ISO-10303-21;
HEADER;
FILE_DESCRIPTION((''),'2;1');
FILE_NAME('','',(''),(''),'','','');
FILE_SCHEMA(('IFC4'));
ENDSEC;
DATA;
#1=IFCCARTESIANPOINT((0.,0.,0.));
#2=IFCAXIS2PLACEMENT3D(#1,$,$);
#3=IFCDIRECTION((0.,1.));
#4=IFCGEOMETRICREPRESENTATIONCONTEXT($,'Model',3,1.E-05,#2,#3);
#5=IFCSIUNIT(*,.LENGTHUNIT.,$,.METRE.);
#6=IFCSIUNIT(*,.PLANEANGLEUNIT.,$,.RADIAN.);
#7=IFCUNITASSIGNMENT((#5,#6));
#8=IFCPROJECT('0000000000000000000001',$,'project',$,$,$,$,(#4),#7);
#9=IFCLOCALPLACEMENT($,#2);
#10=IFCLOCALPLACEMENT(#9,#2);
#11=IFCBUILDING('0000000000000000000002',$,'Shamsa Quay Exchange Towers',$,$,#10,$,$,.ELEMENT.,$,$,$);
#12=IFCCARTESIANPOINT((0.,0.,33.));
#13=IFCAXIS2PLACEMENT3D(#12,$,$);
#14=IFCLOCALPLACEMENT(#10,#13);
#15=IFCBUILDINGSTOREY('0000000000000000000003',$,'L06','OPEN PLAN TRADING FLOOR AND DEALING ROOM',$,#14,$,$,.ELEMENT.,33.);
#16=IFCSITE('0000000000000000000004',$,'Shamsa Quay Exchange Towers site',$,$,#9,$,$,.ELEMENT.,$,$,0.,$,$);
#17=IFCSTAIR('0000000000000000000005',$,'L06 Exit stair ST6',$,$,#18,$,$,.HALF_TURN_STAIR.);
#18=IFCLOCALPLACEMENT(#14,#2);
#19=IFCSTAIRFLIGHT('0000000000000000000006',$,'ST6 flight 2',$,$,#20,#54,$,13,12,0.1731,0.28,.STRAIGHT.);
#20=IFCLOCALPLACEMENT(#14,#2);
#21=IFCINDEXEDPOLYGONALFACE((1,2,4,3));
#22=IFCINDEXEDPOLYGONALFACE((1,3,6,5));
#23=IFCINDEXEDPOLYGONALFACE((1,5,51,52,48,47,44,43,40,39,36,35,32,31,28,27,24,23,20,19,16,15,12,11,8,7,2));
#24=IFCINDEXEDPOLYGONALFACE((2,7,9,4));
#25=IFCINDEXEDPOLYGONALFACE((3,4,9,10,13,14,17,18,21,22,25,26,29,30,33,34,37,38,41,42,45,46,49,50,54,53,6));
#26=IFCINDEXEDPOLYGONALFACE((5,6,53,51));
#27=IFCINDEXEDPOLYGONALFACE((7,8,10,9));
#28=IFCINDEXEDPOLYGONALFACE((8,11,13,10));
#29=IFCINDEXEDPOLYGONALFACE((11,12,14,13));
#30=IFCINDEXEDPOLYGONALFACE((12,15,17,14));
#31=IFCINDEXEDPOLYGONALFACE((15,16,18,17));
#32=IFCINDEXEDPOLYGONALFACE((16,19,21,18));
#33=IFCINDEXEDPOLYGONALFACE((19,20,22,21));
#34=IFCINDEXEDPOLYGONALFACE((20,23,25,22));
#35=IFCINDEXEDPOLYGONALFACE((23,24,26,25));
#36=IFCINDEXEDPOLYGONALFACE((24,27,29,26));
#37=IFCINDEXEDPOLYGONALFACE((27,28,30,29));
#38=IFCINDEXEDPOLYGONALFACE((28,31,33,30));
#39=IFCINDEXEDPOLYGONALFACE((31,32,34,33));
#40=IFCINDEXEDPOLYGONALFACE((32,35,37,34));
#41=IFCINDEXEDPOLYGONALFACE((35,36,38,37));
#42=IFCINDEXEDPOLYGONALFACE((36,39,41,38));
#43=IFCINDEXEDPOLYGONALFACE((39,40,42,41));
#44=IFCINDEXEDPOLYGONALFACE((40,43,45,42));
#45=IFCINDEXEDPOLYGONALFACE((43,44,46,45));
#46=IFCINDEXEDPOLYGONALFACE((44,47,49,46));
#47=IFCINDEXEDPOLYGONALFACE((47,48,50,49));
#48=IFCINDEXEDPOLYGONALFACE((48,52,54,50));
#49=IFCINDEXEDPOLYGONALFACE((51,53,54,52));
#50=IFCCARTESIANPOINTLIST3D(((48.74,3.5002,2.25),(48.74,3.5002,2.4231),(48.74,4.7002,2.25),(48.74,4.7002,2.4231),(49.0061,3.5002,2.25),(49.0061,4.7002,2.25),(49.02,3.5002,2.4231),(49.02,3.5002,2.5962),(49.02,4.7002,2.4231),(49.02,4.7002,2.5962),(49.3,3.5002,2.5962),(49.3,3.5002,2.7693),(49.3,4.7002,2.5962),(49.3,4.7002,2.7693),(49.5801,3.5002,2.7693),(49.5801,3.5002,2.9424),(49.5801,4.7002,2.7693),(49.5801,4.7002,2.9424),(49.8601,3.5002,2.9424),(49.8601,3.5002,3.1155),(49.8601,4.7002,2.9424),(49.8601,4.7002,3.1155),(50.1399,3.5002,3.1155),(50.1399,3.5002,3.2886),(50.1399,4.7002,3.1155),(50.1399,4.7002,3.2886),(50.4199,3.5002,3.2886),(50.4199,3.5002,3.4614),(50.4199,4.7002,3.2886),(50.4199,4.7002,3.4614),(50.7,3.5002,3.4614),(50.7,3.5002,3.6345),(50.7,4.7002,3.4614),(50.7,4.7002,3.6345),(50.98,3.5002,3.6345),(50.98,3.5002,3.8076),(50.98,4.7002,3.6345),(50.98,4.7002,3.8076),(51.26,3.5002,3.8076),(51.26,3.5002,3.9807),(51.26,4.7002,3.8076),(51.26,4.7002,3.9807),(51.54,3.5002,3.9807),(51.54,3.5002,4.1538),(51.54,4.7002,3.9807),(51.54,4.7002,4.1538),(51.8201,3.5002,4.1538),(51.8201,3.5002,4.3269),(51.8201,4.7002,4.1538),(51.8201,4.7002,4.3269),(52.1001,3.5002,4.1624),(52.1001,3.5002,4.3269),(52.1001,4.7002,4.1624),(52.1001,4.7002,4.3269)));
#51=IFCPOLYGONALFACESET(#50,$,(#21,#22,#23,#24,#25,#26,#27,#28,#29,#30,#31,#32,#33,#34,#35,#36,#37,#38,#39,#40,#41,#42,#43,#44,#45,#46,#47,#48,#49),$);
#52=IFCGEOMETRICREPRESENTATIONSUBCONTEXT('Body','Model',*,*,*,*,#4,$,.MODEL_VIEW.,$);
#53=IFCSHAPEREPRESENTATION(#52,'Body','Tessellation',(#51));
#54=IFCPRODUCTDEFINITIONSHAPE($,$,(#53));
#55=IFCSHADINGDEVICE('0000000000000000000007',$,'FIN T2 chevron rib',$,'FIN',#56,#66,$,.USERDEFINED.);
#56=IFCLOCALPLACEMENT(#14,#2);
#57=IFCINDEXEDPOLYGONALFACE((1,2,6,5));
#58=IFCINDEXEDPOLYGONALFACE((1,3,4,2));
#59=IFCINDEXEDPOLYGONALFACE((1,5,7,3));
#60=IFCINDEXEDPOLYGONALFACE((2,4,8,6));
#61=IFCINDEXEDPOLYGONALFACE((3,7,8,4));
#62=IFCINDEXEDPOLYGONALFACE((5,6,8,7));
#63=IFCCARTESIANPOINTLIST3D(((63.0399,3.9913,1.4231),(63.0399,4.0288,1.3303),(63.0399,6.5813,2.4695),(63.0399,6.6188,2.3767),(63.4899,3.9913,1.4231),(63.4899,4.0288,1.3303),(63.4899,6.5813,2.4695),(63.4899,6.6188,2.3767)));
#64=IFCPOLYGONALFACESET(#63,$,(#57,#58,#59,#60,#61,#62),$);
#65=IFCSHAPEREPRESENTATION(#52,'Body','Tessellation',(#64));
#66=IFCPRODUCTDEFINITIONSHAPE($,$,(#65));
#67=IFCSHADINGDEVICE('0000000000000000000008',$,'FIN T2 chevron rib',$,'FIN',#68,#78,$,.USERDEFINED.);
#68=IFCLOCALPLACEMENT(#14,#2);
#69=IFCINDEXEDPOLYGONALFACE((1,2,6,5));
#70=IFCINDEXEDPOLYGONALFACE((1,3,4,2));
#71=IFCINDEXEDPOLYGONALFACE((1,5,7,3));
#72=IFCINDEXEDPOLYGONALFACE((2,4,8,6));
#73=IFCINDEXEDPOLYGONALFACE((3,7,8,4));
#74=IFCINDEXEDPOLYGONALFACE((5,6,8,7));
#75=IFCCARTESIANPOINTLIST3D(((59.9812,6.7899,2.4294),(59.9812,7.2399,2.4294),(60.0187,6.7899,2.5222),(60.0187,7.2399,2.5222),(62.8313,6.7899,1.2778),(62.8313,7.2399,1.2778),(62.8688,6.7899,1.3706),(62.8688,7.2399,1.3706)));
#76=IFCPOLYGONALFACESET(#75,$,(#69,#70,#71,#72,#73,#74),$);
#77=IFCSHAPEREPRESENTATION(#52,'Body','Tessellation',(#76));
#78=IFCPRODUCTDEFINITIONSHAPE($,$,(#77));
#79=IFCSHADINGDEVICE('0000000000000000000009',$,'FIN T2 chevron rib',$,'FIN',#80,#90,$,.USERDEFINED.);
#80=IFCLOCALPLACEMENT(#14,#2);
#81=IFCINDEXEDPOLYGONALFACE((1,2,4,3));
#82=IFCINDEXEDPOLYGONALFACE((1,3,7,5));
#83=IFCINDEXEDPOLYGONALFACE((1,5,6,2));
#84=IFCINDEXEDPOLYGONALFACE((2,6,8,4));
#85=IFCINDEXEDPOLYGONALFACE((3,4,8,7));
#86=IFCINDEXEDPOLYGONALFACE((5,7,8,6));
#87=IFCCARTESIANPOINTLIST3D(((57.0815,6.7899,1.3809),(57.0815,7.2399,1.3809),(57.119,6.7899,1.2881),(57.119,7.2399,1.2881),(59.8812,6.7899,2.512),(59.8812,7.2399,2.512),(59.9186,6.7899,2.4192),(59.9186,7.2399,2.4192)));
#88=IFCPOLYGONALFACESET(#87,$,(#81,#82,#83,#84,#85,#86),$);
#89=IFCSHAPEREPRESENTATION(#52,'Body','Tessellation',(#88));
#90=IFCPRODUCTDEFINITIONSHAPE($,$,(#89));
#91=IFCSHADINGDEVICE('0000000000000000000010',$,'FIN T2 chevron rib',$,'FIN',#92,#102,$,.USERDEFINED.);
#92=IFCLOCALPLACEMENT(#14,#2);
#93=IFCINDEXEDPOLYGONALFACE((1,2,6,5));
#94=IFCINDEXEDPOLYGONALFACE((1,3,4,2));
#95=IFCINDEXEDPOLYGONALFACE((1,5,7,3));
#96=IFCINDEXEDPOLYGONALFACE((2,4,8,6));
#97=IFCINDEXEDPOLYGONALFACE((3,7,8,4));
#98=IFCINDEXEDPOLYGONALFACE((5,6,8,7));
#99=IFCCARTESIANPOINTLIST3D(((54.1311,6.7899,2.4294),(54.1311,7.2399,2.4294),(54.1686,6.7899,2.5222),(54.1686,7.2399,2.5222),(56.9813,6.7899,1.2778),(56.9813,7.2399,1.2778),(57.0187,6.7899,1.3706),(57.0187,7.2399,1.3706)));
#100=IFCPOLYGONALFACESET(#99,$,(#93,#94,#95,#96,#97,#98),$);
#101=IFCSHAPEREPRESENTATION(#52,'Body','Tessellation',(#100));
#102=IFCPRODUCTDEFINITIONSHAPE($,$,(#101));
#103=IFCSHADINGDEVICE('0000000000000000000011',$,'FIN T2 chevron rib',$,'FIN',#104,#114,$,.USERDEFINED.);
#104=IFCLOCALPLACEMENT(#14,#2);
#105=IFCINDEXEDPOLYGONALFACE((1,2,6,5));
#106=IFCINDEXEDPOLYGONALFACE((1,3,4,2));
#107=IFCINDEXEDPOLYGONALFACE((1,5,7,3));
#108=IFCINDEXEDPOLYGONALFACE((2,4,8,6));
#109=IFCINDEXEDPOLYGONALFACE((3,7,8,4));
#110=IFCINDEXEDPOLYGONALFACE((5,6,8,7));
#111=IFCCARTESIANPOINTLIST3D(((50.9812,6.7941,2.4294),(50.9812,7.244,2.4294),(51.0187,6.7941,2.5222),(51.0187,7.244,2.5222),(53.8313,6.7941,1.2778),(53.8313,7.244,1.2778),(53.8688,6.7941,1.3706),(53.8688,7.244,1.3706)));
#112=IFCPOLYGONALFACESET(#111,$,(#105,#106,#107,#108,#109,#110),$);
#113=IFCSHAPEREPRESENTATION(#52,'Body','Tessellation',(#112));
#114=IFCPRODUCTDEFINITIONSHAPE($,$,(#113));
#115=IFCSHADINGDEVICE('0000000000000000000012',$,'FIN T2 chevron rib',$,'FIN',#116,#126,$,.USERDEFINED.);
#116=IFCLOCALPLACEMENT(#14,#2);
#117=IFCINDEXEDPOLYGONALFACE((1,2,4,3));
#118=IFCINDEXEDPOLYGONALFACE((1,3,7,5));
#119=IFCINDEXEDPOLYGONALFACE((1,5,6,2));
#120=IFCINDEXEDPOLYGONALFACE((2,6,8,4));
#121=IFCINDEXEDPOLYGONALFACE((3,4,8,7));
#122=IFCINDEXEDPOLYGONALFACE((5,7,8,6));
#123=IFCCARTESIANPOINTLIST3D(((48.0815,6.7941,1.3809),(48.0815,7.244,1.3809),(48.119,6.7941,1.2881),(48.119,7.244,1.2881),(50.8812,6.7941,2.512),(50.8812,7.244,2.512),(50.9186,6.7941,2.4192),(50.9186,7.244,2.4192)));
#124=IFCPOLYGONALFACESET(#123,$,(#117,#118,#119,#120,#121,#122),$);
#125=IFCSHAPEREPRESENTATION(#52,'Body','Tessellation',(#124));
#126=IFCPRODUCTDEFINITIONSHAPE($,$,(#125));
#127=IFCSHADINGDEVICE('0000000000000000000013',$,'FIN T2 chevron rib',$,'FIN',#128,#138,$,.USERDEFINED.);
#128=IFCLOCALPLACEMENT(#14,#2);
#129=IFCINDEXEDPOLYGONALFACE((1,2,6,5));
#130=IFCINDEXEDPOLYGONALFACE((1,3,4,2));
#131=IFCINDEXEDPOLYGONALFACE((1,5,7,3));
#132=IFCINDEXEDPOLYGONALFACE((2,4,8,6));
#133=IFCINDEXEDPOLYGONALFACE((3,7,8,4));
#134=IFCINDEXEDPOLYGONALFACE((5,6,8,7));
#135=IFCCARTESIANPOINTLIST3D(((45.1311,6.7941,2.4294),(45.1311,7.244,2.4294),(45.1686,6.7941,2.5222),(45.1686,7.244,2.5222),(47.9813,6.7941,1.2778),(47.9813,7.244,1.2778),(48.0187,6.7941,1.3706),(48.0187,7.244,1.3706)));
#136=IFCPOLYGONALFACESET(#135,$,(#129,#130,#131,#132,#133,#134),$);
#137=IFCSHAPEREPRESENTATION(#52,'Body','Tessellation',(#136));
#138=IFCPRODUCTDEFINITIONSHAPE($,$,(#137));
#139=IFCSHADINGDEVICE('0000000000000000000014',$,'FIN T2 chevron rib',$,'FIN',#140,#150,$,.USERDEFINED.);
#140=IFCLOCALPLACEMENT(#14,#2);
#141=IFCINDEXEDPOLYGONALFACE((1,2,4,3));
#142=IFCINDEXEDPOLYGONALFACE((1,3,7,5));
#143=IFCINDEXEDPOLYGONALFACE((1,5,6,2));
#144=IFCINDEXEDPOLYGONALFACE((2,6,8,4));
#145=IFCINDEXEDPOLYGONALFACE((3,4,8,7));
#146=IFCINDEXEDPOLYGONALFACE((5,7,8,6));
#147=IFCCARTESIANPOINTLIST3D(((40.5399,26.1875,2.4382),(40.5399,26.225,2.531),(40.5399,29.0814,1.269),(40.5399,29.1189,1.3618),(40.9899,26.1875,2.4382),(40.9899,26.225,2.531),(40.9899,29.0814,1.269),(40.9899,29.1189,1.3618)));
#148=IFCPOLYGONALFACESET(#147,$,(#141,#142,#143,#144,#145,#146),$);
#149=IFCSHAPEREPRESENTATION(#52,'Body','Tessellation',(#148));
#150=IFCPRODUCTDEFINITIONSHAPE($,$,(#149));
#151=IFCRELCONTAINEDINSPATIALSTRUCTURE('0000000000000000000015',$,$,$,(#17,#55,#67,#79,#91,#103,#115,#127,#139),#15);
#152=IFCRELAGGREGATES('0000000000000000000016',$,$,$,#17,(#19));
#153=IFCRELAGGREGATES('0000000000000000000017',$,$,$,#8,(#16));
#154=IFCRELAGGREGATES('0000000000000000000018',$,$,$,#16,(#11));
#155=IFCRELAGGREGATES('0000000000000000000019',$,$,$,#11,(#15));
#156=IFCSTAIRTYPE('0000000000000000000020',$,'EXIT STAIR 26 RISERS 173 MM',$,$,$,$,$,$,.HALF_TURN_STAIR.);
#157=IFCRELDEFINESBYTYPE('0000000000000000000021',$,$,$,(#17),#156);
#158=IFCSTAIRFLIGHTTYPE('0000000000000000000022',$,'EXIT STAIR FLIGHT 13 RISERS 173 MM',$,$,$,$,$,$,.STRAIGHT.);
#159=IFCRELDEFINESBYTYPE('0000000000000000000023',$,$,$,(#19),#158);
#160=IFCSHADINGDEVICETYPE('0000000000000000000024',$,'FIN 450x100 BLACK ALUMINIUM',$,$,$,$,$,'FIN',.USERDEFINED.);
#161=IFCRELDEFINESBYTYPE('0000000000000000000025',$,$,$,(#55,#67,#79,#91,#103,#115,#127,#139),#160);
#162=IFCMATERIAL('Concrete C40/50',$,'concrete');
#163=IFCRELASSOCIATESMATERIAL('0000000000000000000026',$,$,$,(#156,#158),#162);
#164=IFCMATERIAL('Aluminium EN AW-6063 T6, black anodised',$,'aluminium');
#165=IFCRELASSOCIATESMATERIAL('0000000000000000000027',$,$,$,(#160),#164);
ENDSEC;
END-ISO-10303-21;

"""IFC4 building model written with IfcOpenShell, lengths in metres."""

from ifc_helpers import new_model, si_unit, direction, frame, origin, origin_2d, place, context, subcontext, project, spatial, polyline, rectangle, outline, extrude, material, material_profile, profile_set, type_object, element, aggregate, save


model = new_model("IFC4")

# Units and contexts
model_context = context("Model", 3, precision=1e-05, world=origin(), true_north=direction((0.0, 1.0)))
body_context = subcontext(model_context, "Body", "Model", "MODEL_VIEW")
ifc_project = project(units=[si_unit("LENGTHUNIT", "METRE"), si_unit("PLANEANGLEUNIT", "RADIAN")], contexts=[model_context])

# Site, building, storey
site_placement = place(None, origin())
site = spatial("IfcSite", under=ifc_project, at=site_placement, Name="Shamsa Quay Exchange Towers site", CompositionType="ELEMENT", RefElevation=0.0)
building_placement = place(site_placement, origin())
building = spatial("IfcBuilding", under=site, at=building_placement, Name="Shamsa Quay Exchange Towers", CompositionType="ELEMENT")
storey_placement = place(building_placement, frame((0.0, 0.0, 33.0)))
storey = spatial("IfcBuildingStorey", under=building, at=storey_placement, Name="L06", Description="OPEN PLAN TRADING FLOOR AND DEALING ROOM", CompositionType="ELEMENT", Elevation=33.0)

# Shared definitions
ifc_material_1 = material(Name="Aluminium EN AW-6063 T6, black anodised", Category="aluminium")

# Stair, stair flight
ifc_material_2 = material(Name="Concrete C40/50", Category="concrete")
stair_type = type_object("IfcStairType", Name="EXIT STAIR 26 RISERS 173 MM", PredefinedType="HALF_TURN_STAIR", material=ifc_material_2)
stair_placement = place(storey_placement, origin())
stair = element("IfcStair", 1, at=stair_placement, inside=storey, type_object=stair_type, Name="L06 Exit stair ST6", PredefinedType="HALF_TURN_STAIR")
stair_flight_type = type_object("IfcStairFlightType", Name="EXIT STAIR FLIGHT 13 RISERS 173 MM", PredefinedType="STRAIGHT", material=ifc_material_2)
stair_flight_1_placement = place(storey_placement, frame((48.74, 4.1001, 2.25)))
stair_flight_1 = element("IfcStairFlight", 2, at=stair_flight_1_placement, type_object=stair_flight_type, Name="ST6 flight 2", NumberOfRisers=13, NumberOfTreads=12, PredefinedType="STRAIGHT", RiserHeight=0.1731, TreadLength=0.28, context=body_context, shape_type="SweptSolid", body=[
    extrude(outline(polyline([(0.0, 0.0), (0.0, 0.1731), (0.28, 0.1731), (0.28, 0.3462), (0.5601, 0.3462), (0.5601, 0.5193), (0.8401, 0.5193), (0.8401, 0.6924), (1.1201, 0.6924), (1.1201, 0.8655), (1.3999, 0.8655), (1.3999, 1.0386), (1.6799, 1.0386), (1.6799, 1.2114), (1.96, 1.2114), (1.96, 1.3845), (2.24, 1.3845), (2.24, 1.5576), (2.52, 1.5576), (2.52, 1.7307), (2.8, 1.7307), (2.8, 1.9038), (3.0801, 1.9038), (3.0801, 2.0769), (3.3601, 2.0769), (3.3601, 2.25), (3.3601, 1.9124), (0.2661, 0.0), (0.0, 0.0)])), frame((0.0, 0.6001, 0.0), z_axis=(0.0, -1.0, 0.0), x_axis=(1.0, 0.0, 0.0)), (0.0, 0.0, 1.0), 1.2),
])
aggregate(stair, [stair_flight_1])

# Shading devices
ifc_material_profile_1 = material_profile(ifc_material_1, rectangle(XDim=0.45, YDim=0.1001, at=origin_2d()), Name="FIN450x100")
ifc_profile_set_1 = profile_set([ifc_material_profile_1], Name="Aluminium EN AW-6063 T6, black anodised")
shading_device_type = type_object("IfcShadingDeviceType", Name="FIN 450x100 BLACK ALUMINIUM", ElementType="FIN", PredefinedType="USERDEFINED", material=ifc_profile_set_1)
shading_device_1_placement = place(storey_placement, frame((63.2649, 4.01, 1.3767), z_axis=(0.0, 0.927193, 0.374583), x_axis=(-1.0, 0.0, 0.0)))
element("IfcShadingDevice", 3, at=shading_device_1_placement, inside=storey, type_object=shading_device_type, Name="FIN T2 chevron rib", ObjectType="FIN", PredefinedType="USERDEFINED", context=body_context, shape_type="SweptSolid", body=[
    extrude(rectangle(XDim=0.45, YDim=0.1001, at=origin_2d()), origin(), (0.0, 0.0, 1.0), 2.7935),
])
shading_device_2_placement = place(storey_placement, frame((62.8501, 7.0149, 1.3242), z_axis=(-0.927173, 0.0, 0.374634), x_axis=(0.0, -1.0, 0.0)))
element("IfcShadingDevice", 4, at=shading_device_2_placement, inside=storey, type_object=shading_device_type, Name="FIN T2 chevron rib", ObjectType="FIN", PredefinedType="USERDEFINED", context=body_context, shape_type="SweptSolid", body=[
    extrude(rectangle(XDim=0.45, YDim=0.1001, at=origin_2d()), origin(), (0.0, 0.0, 1.0), 3.074),
])
shading_device_3_placement = place(storey_placement, frame((59.8999, 7.0149, 2.4656), z_axis=(-0.927194, 0.0, -0.374581), x_axis=(0.0, -1.0, 0.0)))
element("IfcShadingDevice", 5, at=shading_device_3_placement, inside=storey, type_object=shading_device_type, Name="FIN T2 chevron rib", ObjectType="FIN", PredefinedType="USERDEFINED", context=body_context, shape_type="SweptSolid", body=[
    extrude(rectangle(XDim=0.45, YDim=0.1001, at=origin_2d()), origin(), (0.0, 0.0, 1.0), 3.0195),
])
for number, where, z_axis, x_axis, name in (
    (6, (57.0, 7.0149, 1.3242), (-0.927173, 0.0, 0.374634), (0.0, -1.0, 0.0), "FIN T2 chevron rib"),
    (7, (53.8501, 7.019, 1.3242), (-0.927173, 0.0, 0.374634), (0.0, -1.0, 0.0), "FIN T2 chevron rib"),
):
    element("IfcShadingDevice", number, at=place(storey_placement, frame(where, z_axis=z_axis, x_axis=x_axis)), inside=storey, type_object=shading_device_type, Name=name, ObjectType="FIN", PredefinedType="USERDEFINED", context=body_context, shape_type="SweptSolid", body=[
        extrude(rectangle(XDim=0.45, YDim=0.1001, at=origin_2d()), origin(), (0.0, 0.0, 1.0), 3.074),
    ])
shading_device_4_placement = place(storey_placement, frame((50.8999, 7.019, 2.4656), z_axis=(-0.927194, 0.0, -0.374581), x_axis=(0.0, -1.0, 0.0)))
element("IfcShadingDevice", 8, at=shading_device_4_placement, inside=storey, type_object=shading_device_type, Name="FIN T2 chevron rib", ObjectType="FIN", PredefinedType="USERDEFINED", context=body_context, shape_type="SweptSolid", body=[
    extrude(rectangle(XDim=0.45, YDim=0.1001, at=origin_2d()), origin(), (0.0, 0.0, 1.0), 3.0195),
])
shading_device_5_placement = place(storey_placement, frame((48.0, 7.019, 1.3242), z_axis=(-0.927173, 0.0, 0.374634), x_axis=(0.0, -1.0, 0.0)))
element("IfcShadingDevice", 9, at=shading_device_5_placement, inside=storey, type_object=shading_device_type, Name="FIN T2 chevron rib", ObjectType="FIN", PredefinedType="USERDEFINED", context=body_context, shape_type="SweptSolid", body=[
    extrude(rectangle(XDim=0.45, YDim=0.1001, at=origin_2d()), origin(), (0.0, 0.0, 1.0), 3.074),
])
shading_device_6_placement = place(storey_placement, frame((40.7649, 26.2063, 2.4846), z_axis=(0.0, 0.927182, -0.374612), x_axis=(-1.0, 0.0, 0.0)))
element("IfcShadingDevice", 10, at=shading_device_6_placement, inside=storey, type_object=shading_device_type, Name="FIN T2 chevron rib", ObjectType="FIN", PredefinedType="USERDEFINED", context=body_context, shape_type="SweptSolid", body=[
    extrude(rectangle(XDim=0.45, YDim=0.1001, at=origin_2d()), origin(), (0.0, 0.0, 1.0), 3.1211),
])

save(model, "model.ifc")
